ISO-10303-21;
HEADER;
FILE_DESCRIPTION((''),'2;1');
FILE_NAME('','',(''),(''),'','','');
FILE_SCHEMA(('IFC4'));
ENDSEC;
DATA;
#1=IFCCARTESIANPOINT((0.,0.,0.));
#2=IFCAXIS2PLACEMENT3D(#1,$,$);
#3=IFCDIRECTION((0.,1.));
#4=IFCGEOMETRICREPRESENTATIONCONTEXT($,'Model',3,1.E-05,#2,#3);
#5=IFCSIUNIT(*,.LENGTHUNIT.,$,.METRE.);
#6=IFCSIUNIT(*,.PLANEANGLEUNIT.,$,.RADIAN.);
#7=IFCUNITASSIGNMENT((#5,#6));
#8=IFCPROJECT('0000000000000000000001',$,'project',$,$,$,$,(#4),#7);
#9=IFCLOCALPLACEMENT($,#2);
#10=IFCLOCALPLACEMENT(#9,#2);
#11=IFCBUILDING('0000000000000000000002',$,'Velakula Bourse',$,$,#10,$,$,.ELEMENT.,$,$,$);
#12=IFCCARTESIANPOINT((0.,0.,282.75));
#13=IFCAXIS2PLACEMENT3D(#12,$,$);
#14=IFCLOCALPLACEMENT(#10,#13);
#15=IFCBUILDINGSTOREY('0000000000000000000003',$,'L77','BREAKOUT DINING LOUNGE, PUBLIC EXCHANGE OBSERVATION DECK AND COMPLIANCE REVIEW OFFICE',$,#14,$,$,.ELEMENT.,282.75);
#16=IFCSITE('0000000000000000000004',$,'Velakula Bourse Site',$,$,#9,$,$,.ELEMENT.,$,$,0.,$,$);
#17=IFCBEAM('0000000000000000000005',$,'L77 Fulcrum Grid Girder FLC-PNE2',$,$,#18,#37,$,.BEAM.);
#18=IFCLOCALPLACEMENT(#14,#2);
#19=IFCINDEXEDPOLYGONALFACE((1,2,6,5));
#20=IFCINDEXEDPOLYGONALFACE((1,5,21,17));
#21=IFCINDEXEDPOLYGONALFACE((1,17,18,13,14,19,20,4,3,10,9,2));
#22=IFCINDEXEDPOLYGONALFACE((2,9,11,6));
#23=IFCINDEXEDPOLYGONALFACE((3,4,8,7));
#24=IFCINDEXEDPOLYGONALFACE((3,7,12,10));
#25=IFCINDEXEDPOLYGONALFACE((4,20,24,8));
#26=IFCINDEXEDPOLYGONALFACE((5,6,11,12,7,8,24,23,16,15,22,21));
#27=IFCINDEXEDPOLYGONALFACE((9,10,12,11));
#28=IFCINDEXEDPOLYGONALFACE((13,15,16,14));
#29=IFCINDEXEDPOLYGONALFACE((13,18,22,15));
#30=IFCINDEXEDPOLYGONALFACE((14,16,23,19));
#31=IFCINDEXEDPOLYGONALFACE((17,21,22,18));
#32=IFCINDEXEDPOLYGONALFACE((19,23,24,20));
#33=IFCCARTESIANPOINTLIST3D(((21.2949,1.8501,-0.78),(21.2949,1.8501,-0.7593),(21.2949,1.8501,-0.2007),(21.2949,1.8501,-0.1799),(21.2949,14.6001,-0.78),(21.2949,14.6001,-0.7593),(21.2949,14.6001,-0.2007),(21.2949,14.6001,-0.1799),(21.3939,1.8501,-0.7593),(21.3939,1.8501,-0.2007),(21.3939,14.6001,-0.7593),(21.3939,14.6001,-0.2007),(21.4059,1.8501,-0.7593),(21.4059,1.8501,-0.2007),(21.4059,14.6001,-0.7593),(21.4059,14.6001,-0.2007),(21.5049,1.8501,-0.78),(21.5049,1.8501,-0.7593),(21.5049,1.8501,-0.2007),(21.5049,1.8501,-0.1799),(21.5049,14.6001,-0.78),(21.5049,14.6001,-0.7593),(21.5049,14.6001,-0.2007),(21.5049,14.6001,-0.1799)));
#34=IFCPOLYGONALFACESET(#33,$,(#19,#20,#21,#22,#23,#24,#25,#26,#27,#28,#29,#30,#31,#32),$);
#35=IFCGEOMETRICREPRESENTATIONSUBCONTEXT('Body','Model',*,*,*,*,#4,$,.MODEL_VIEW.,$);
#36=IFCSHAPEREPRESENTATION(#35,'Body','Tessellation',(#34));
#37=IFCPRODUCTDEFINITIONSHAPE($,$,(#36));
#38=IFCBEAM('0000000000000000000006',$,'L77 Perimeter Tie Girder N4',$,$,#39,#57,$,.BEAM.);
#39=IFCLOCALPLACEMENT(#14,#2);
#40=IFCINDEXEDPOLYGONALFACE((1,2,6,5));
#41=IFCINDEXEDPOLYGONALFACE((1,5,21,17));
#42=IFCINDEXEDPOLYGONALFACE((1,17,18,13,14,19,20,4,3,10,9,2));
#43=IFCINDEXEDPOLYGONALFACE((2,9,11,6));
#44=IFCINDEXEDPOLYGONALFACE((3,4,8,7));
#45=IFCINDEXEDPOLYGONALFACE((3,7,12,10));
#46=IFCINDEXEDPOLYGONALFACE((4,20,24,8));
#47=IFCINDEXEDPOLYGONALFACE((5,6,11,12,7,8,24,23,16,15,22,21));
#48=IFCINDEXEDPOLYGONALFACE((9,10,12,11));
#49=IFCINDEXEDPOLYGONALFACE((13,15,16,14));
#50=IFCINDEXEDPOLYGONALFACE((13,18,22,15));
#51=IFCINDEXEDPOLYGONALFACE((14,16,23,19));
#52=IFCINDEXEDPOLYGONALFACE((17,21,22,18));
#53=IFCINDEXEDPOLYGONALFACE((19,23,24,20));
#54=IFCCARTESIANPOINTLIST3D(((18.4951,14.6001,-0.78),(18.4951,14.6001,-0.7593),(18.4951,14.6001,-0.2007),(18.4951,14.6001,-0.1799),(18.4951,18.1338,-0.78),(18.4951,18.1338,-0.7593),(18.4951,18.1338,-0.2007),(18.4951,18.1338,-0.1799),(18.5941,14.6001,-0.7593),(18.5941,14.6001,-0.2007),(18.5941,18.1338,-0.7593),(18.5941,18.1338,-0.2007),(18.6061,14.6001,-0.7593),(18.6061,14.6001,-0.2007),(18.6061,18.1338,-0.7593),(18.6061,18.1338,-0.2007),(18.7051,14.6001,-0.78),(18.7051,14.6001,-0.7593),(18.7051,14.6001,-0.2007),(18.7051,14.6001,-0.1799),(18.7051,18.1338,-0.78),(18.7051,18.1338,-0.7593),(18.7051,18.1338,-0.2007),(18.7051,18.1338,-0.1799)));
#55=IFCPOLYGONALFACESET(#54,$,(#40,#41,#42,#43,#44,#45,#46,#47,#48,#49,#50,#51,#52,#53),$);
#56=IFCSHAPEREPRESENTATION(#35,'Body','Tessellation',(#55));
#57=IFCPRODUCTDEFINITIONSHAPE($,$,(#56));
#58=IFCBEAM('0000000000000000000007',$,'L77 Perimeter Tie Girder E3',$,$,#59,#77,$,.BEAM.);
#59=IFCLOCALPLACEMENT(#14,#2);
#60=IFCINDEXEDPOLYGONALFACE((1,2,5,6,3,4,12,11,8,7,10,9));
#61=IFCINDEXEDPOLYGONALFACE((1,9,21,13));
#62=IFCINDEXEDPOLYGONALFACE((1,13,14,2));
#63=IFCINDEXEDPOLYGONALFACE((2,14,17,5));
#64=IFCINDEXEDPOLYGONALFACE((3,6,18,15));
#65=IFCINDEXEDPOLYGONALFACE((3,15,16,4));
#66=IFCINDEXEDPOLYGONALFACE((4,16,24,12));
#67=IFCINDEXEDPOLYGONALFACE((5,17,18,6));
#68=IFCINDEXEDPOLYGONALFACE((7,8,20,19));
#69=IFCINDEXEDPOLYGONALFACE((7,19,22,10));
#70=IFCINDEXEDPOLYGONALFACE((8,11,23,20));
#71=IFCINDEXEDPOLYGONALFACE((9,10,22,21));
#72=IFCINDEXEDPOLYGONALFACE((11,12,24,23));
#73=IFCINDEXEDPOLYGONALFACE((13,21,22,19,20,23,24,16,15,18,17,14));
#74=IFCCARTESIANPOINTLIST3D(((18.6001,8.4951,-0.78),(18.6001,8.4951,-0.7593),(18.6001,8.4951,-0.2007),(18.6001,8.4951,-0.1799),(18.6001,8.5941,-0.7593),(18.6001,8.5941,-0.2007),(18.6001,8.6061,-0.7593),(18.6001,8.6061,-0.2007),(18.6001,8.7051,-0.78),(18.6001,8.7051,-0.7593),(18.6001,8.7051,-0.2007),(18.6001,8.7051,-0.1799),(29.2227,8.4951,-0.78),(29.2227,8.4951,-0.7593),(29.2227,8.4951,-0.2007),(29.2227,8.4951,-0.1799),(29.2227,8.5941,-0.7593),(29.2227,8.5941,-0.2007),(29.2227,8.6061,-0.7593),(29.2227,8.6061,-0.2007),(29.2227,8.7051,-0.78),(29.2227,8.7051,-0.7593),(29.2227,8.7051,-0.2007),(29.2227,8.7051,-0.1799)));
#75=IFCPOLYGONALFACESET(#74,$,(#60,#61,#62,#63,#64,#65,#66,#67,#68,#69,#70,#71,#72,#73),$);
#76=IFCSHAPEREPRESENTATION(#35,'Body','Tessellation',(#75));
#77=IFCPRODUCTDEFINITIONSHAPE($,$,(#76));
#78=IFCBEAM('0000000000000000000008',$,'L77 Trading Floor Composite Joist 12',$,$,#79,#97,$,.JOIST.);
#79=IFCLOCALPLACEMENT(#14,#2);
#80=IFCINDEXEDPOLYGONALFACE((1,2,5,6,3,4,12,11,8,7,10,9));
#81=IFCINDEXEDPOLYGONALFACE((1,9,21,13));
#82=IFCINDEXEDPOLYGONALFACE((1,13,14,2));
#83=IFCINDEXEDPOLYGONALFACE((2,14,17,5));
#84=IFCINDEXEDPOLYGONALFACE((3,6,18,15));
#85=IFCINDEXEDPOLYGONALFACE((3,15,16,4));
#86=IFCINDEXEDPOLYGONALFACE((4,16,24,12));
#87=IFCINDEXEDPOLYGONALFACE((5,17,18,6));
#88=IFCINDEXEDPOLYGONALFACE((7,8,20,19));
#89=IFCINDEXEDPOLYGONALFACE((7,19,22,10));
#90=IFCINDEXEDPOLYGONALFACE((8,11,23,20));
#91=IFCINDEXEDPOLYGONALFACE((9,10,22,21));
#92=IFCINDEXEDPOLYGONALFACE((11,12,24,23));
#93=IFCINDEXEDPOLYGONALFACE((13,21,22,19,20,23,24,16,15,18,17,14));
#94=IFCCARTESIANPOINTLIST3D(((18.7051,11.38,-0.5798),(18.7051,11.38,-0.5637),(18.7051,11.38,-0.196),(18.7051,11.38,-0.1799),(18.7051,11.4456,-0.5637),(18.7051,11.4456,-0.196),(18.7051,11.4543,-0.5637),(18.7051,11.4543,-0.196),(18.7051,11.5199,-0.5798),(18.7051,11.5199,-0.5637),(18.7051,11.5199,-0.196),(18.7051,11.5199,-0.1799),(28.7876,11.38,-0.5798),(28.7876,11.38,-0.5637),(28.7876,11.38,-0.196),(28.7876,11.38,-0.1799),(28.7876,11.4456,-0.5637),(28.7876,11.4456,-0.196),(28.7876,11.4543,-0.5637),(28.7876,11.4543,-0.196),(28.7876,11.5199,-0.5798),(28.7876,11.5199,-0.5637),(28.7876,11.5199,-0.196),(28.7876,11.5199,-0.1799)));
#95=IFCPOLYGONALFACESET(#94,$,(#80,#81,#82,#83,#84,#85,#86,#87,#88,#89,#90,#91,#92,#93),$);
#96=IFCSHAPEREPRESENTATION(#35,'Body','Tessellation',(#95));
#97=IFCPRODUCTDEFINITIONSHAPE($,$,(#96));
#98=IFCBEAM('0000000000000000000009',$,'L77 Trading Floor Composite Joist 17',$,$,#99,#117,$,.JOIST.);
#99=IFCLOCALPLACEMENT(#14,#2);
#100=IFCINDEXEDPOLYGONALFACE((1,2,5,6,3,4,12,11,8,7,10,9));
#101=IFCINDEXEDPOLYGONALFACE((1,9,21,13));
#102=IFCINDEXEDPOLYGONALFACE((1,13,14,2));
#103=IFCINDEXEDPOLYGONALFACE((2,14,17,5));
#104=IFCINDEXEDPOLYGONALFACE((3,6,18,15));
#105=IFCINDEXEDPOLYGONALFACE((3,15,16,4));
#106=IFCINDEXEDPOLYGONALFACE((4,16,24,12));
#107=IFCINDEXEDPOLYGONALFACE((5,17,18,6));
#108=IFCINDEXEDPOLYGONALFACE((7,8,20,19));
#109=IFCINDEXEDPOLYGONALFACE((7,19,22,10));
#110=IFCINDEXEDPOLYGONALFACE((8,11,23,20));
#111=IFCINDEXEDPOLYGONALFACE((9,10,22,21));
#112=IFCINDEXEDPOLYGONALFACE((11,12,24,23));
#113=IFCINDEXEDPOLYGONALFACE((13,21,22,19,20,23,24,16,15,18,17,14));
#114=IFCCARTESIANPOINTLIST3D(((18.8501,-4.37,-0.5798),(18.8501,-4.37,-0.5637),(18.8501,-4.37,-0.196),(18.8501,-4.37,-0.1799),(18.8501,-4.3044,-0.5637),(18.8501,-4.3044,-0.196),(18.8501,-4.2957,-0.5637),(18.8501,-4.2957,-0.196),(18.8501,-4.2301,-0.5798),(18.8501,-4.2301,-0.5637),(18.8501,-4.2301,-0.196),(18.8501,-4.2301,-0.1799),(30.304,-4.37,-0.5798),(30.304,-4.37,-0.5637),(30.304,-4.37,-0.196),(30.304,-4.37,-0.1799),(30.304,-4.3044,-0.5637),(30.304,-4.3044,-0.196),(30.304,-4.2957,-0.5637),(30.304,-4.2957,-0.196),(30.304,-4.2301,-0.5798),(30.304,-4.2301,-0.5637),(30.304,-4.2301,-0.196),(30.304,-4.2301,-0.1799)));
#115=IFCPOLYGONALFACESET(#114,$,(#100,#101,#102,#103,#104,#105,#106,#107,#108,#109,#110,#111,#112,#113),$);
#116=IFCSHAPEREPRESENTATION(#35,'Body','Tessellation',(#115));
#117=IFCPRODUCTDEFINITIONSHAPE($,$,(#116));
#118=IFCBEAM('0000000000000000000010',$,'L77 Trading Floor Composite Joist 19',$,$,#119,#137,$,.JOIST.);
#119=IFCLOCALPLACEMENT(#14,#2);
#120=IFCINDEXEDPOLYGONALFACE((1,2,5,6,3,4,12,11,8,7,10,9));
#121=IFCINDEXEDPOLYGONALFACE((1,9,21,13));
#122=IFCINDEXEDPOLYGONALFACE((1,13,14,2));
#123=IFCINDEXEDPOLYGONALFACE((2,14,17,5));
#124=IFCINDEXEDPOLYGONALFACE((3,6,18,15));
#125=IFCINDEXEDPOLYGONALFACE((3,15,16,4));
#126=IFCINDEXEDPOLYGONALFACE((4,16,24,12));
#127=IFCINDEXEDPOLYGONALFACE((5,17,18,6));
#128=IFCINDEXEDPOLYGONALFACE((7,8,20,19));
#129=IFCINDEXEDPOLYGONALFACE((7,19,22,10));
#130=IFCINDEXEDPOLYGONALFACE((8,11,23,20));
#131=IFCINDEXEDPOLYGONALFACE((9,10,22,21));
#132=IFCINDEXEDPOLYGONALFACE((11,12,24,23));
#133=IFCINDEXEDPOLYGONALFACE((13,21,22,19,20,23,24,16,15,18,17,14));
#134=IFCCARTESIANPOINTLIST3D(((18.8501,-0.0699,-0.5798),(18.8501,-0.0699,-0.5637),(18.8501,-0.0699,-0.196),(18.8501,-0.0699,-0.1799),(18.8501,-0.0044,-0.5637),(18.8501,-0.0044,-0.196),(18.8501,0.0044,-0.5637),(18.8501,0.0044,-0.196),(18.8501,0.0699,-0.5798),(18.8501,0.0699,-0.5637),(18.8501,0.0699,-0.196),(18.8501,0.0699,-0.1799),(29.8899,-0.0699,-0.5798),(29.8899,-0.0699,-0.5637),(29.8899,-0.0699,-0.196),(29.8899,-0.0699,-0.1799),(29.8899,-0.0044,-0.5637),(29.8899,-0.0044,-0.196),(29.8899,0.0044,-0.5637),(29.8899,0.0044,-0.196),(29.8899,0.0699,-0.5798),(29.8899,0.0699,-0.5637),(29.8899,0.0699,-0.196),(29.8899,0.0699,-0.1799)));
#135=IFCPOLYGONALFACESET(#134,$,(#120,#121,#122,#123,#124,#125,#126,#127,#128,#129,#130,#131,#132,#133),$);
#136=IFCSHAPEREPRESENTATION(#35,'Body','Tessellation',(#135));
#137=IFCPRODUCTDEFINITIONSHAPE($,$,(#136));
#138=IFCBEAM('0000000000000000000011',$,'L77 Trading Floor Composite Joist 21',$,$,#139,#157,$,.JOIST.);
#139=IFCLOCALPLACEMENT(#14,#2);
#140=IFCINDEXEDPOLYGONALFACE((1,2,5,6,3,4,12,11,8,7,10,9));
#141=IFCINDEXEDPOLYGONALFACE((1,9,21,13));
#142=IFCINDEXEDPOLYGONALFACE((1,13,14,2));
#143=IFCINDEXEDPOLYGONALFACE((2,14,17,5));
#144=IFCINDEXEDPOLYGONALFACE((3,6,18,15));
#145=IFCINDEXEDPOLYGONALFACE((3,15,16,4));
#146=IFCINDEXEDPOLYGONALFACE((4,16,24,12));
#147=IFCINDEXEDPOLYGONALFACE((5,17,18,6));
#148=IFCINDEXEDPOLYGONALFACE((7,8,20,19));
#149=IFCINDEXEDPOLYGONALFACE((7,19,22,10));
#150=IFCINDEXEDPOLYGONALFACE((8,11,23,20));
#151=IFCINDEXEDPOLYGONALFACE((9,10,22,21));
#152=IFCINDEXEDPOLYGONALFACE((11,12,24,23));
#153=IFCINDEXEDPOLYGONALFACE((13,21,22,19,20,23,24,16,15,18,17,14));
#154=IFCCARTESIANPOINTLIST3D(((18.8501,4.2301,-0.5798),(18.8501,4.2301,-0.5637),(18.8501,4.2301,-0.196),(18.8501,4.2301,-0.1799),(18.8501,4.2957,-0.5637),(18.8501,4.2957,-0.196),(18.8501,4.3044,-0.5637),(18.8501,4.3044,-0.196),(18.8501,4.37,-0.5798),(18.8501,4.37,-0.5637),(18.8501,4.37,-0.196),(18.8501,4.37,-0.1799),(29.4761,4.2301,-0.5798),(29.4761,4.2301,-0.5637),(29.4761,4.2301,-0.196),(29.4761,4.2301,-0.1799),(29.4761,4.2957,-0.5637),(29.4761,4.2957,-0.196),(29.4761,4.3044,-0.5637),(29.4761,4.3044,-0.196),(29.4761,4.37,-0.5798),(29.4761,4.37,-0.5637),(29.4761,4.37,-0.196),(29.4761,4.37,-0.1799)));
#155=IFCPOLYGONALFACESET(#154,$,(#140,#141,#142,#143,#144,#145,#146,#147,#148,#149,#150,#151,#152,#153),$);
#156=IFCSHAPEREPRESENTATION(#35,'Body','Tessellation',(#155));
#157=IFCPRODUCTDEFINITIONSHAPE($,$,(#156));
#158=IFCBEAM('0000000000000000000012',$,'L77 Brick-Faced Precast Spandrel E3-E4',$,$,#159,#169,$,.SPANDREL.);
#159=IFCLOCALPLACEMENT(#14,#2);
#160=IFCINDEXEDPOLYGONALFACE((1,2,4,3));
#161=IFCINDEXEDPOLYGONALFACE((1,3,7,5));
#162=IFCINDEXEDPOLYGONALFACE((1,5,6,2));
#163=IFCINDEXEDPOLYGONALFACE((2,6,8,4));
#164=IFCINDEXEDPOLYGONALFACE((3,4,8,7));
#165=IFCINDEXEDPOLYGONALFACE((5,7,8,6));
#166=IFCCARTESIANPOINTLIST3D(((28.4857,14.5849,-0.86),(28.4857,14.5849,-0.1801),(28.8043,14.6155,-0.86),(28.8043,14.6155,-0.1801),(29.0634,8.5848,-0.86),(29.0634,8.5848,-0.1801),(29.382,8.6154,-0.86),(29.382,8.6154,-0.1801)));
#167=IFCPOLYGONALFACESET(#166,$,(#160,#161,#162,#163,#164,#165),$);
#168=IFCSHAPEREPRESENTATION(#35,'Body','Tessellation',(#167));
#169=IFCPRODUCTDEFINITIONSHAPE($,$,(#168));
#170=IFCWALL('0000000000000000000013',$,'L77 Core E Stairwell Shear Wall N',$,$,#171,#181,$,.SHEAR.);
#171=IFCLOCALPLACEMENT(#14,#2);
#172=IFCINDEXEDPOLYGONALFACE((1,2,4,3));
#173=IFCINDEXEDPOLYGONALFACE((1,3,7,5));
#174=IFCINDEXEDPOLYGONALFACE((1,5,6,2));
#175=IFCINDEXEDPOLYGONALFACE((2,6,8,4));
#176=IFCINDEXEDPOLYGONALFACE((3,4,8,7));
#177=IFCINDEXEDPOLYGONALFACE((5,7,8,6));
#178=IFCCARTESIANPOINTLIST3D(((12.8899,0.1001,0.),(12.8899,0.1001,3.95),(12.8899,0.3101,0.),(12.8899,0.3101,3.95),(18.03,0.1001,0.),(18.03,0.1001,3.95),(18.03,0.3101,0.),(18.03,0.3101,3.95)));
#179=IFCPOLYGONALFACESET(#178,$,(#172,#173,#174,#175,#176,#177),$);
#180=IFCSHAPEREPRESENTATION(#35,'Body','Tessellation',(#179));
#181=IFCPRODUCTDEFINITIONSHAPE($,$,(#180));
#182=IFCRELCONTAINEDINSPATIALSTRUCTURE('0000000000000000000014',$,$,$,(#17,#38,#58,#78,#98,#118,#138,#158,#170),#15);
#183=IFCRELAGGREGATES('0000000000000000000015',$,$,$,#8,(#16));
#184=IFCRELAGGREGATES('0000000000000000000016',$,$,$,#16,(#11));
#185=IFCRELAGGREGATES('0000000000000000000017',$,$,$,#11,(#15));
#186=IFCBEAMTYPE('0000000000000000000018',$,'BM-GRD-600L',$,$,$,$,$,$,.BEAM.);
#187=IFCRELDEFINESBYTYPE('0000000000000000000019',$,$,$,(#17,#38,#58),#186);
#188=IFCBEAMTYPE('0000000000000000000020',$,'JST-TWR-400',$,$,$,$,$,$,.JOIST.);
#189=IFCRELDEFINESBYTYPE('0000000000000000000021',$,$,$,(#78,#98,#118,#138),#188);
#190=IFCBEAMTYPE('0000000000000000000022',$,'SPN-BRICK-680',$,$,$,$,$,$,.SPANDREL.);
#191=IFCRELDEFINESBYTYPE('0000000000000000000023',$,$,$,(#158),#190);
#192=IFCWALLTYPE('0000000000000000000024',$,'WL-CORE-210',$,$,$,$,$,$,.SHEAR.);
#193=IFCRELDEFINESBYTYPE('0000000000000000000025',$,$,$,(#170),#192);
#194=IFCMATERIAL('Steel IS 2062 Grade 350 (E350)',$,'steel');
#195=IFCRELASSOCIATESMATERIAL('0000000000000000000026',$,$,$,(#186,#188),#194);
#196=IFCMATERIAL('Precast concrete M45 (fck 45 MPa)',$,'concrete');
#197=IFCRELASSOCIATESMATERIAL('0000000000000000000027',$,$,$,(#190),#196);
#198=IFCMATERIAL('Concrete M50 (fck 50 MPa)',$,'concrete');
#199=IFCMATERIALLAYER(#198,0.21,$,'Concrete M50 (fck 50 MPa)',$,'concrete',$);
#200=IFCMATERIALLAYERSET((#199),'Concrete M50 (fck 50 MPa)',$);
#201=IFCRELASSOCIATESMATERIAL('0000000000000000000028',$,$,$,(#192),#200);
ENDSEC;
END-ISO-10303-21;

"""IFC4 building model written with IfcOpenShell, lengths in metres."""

from ifc_helpers import new_model, si_unit, direction, frame, frame_2d, origin, origin_2d, place, context, subcontext, project, spatial, rectangle, i_section, extrude, material, layer, layer_set, material_profile, profile_set, type_object, element, save


model = new_model("IFC4")

# Units and contexts
model_context = context("Model", 3, precision=1e-05, world=origin(), true_north=direction((0.0, 1.0)))
body_context = subcontext(model_context, "Body", "Model", "MODEL_VIEW")
ifc_project = project(units=[si_unit("LENGTHUNIT", "METRE"), si_unit("PLANEANGLEUNIT", "RADIAN")], contexts=[model_context])

# Site, building, storey
site_placement = place(None, origin())
site = spatial("IfcSite", under=ifc_project, at=site_placement, Name="Velakula Bourse Site", CompositionType="ELEMENT", RefElevation=0.0)
building_placement = place(site_placement, origin())
building = spatial("IfcBuilding", under=site, at=building_placement, Name="Velakula Bourse", CompositionType="ELEMENT")
storey_placement = place(building_placement, frame((0.0, 0.0, 282.75)))
storey = spatial("IfcBuildingStorey", under=building, at=storey_placement, Name="L77", Description="BREAKOUT DINING LOUNGE, PUBLIC EXCHANGE OBSERVATION DECK AND COMPLIANCE REVIEW OFFICE", CompositionType="ELEMENT", Elevation=282.75)

# Shared definitions
ifc_material_1 = material(Name="Concrete M50 (fck 50 MPa)", Category="concrete")
ifc_material_2 = material(Name="Steel IS 2062 Grade 350 (E350)", Category="steel")

# Beams
ifc_material_profile_1 = material_profile(ifc_material_2, i_section(OverallWidth=0.21, OverallDepth=0.6001, WebThickness=0.012, FlangeThickness=0.0208, at=origin_2d()), Name="Steel IS 2062 Grade 350 (E350)")
ifc_profile_set_1 = profile_set([ifc_material_profile_1], Name="Steel IS 2062 Grade 350 (E350)")
beam_type_1 = type_object("IfcBeamType", Name="BM-GRD-600L", PredefinedType="BEAM", material=ifc_profile_set_1)
for number, where, z_axis, x_axis, name in (
    (1, (21.3999, 1.8501, -0.48), (0.0, 1.0, 0.0), (-1.0, 0.0, 0.0), "L77 Fulcrum Grid Girder FLC-PNE2"),
):
    element("IfcBeam", number, at=place(storey_placement, frame(where, z_axis=z_axis, x_axis=x_axis)), inside=storey, type_object=beam_type_1, Name=name, PredefinedType="BEAM", context=body_context, shape_type="SweptSolid", body=[
        extrude(i_section(OverallWidth=0.21, OverallDepth=0.6001, WebThickness=0.012, FlangeThickness=0.0208, at=origin_2d()), origin(), (0.0, 0.0, 1.0), 12.75),
    ])
beam_1_placement = place(storey_placement, frame((18.6001, 14.6001, -0.48), z_axis=(0.0, 1.0, 0.0), x_axis=(-1.0, 0.0, 0.0)))
element("IfcBeam", 2, at=beam_1_placement, inside=storey, type_object=beam_type_1, Name="L77 Perimeter Tie Girder N4", PredefinedType="BEAM", context=body_context, shape_type="SweptSolid", body=[
    extrude(i_section(OverallWidth=0.21, OverallDepth=0.6001, WebThickness=0.012, FlangeThickness=0.0208, at=origin_2d()), origin(), (0.0, 0.0, 1.0), 3.5337),
])
beam_2_placement = place(storey_placement, frame((18.6001, 8.6001, -0.48), z_axis=(1.0, 0.0, 0.0), x_axis=(0.0, 1.0, 0.0)))
element("IfcBeam", 3, at=beam_2_placement, inside=storey, type_object=beam_type_1, Name="L77 Perimeter Tie Girder E3", PredefinedType="BEAM", context=body_context, shape_type="SweptSolid", body=[
    extrude(i_section(OverallWidth=0.21, OverallDepth=0.6001, WebThickness=0.012, FlangeThickness=0.0208, at=origin_2d()), origin(), (0.0, 0.0, 1.0), 10.6226),
])
ifc_material_profile_2 = material_profile(ifc_material_2, i_section(OverallWidth=0.1399, OverallDepth=0.3999, WebThickness=0.0088, FlangeThickness=0.0161, at=origin_2d()), Name="Steel IS 2062 Grade 350 (E350)")
ifc_profile_set_2 = profile_set([ifc_material_profile_2], Name="Steel IS 2062 Grade 350 (E350)")
beam_type_2 = type_object("IfcBeamType", Name="JST-TWR-400", PredefinedType="JOIST", material=ifc_profile_set_2)
beam_3_placement = place(storey_placement, frame((18.7051, 11.45, -0.3799), z_axis=(1.0, 0.0, 0.0), x_axis=(0.0, 1.0, 0.0)))
element("IfcBeam", 4, at=beam_3_placement, inside=storey, type_object=beam_type_2, Name="L77 Trading Floor Composite Joist 12", PredefinedType="JOIST", context=body_context, shape_type="SweptSolid", body=[
    extrude(i_section(OverallWidth=0.1399, OverallDepth=0.3999, WebThickness=0.0088, FlangeThickness=0.0161, at=origin_2d()), origin(), (0.0, 0.0, 1.0), 10.0825),
])
beam_4_placement = place(storey_placement, frame((18.8501, -4.3, -0.3799), z_axis=(1.0, 0.0, 0.0), x_axis=(0.0, 1.0, 0.0)))
element("IfcBeam", 5, at=beam_4_placement, inside=storey, type_object=beam_type_2, Name="L77 Trading Floor Composite Joist 17", PredefinedType="JOIST", context=body_context, shape_type="SweptSolid", body=[
    extrude(i_section(OverallWidth=0.1399, OverallDepth=0.3999, WebThickness=0.0088, FlangeThickness=0.0161, at=origin_2d()), origin(), (0.0, 0.0, 1.0), 11.4539),
])
beam_5_placement = place(storey_placement, frame((18.8501, 0.0, -0.3799), z_axis=(1.0, 0.0, 0.0), x_axis=(0.0, 1.0, 0.0)))
element("IfcBeam", 6, at=beam_5_placement, inside=storey, type_object=beam_type_2, Name="L77 Trading Floor Composite Joist 19", PredefinedType="JOIST", context=body_context, shape_type="SweptSolid", body=[
    extrude(i_section(OverallWidth=0.1399, OverallDepth=0.3999, WebThickness=0.0088, FlangeThickness=0.0161, at=origin_2d()), origin(), (0.0, 0.0, 1.0), 11.0398),
])
beam_6_placement = place(storey_placement, frame((18.8501, 4.3, -0.3799), z_axis=(1.0, 0.0, 0.0), x_axis=(0.0, 1.0, 0.0)))
element("IfcBeam", 7, at=beam_6_placement, inside=storey, type_object=beam_type_2, Name="L77 Trading Floor Composite Joist 21", PredefinedType="JOIST", context=body_context, shape_type="SweptSolid", body=[
    extrude(i_section(OverallWidth=0.1399, OverallDepth=0.3999, WebThickness=0.0088, FlangeThickness=0.0161, at=origin_2d()), origin(), (0.0, 0.0, 1.0), 10.626),
])
ifc_material_3 = material(Name="Precast concrete M45 (fck 45 MPa)", Category="concrete")
ifc_material_profile_3 = material_profile(ifc_material_3, rectangle(XDim=0.3201, YDim=0.6799, at=origin_2d()), Name="Precast concrete M45 (fck 45 MPa)")
ifc_profile_set_3 = profile_set([ifc_material_profile_3], Name="Precast concrete M45 (fck 45 MPa)")
beam_type_3 = type_object("IfcBeamType", Name="SPN-BRICK-680", PredefinedType="SPANDREL", material=ifc_profile_set_3)
beam_7_placement = place(storey_placement, frame((29.2227, 8.6001, -0.52), z_axis=(-0.09583, 0.995398, 0.0), x_axis=(-0.995398, -0.09583, 0.0)))
element("IfcBeam", 8, at=beam_7_placement, inside=storey, type_object=beam_type_3, Name="L77 Brick-Faced Precast Spandrel E3-E4", PredefinedType="SPANDREL", context=body_context, shape_type="SweptSolid", body=[
    extrude(rectangle(XDim=0.3201, YDim=0.6799, at=origin_2d()), origin(), (0.0, 0.0, 1.0), 6.0278),
])

# Wall
ifc_layer_1 = layer(ifc_material_1, 0.21, Name="Concrete M50 (fck 50 MPa)", Category="concrete")
ifc_layer_set_1 = layer_set([ifc_layer_1], Name="Concrete M50 (fck 50 MPa)")
wall_type_1 = type_object("IfcWallType", Name="WL-CORE-210", PredefinedType="SHEAR", material=ifc_layer_set_1)
wall_1_placement = place(storey_placement, frame((18.03, 0.2051, 0.0), z_axis=(0.0, 0.0, 1.0), x_axis=(-1.0, 0.0, 0.0)))
element("IfcWall", 9, at=wall_1_placement, inside=storey, type_object=wall_type_1, Name="L77 Core E Stairwell Shear Wall N", PredefinedType="SHEAR", context=body_context, shape_type="SweptSolid", body=[
    extrude(rectangle(XDim=5.1401, YDim=0.21, at=frame_2d((2.5701, 0.0))), origin(), (0.0, 0.0, 1.0), 3.95),
])

save(model, "model.ifc")
